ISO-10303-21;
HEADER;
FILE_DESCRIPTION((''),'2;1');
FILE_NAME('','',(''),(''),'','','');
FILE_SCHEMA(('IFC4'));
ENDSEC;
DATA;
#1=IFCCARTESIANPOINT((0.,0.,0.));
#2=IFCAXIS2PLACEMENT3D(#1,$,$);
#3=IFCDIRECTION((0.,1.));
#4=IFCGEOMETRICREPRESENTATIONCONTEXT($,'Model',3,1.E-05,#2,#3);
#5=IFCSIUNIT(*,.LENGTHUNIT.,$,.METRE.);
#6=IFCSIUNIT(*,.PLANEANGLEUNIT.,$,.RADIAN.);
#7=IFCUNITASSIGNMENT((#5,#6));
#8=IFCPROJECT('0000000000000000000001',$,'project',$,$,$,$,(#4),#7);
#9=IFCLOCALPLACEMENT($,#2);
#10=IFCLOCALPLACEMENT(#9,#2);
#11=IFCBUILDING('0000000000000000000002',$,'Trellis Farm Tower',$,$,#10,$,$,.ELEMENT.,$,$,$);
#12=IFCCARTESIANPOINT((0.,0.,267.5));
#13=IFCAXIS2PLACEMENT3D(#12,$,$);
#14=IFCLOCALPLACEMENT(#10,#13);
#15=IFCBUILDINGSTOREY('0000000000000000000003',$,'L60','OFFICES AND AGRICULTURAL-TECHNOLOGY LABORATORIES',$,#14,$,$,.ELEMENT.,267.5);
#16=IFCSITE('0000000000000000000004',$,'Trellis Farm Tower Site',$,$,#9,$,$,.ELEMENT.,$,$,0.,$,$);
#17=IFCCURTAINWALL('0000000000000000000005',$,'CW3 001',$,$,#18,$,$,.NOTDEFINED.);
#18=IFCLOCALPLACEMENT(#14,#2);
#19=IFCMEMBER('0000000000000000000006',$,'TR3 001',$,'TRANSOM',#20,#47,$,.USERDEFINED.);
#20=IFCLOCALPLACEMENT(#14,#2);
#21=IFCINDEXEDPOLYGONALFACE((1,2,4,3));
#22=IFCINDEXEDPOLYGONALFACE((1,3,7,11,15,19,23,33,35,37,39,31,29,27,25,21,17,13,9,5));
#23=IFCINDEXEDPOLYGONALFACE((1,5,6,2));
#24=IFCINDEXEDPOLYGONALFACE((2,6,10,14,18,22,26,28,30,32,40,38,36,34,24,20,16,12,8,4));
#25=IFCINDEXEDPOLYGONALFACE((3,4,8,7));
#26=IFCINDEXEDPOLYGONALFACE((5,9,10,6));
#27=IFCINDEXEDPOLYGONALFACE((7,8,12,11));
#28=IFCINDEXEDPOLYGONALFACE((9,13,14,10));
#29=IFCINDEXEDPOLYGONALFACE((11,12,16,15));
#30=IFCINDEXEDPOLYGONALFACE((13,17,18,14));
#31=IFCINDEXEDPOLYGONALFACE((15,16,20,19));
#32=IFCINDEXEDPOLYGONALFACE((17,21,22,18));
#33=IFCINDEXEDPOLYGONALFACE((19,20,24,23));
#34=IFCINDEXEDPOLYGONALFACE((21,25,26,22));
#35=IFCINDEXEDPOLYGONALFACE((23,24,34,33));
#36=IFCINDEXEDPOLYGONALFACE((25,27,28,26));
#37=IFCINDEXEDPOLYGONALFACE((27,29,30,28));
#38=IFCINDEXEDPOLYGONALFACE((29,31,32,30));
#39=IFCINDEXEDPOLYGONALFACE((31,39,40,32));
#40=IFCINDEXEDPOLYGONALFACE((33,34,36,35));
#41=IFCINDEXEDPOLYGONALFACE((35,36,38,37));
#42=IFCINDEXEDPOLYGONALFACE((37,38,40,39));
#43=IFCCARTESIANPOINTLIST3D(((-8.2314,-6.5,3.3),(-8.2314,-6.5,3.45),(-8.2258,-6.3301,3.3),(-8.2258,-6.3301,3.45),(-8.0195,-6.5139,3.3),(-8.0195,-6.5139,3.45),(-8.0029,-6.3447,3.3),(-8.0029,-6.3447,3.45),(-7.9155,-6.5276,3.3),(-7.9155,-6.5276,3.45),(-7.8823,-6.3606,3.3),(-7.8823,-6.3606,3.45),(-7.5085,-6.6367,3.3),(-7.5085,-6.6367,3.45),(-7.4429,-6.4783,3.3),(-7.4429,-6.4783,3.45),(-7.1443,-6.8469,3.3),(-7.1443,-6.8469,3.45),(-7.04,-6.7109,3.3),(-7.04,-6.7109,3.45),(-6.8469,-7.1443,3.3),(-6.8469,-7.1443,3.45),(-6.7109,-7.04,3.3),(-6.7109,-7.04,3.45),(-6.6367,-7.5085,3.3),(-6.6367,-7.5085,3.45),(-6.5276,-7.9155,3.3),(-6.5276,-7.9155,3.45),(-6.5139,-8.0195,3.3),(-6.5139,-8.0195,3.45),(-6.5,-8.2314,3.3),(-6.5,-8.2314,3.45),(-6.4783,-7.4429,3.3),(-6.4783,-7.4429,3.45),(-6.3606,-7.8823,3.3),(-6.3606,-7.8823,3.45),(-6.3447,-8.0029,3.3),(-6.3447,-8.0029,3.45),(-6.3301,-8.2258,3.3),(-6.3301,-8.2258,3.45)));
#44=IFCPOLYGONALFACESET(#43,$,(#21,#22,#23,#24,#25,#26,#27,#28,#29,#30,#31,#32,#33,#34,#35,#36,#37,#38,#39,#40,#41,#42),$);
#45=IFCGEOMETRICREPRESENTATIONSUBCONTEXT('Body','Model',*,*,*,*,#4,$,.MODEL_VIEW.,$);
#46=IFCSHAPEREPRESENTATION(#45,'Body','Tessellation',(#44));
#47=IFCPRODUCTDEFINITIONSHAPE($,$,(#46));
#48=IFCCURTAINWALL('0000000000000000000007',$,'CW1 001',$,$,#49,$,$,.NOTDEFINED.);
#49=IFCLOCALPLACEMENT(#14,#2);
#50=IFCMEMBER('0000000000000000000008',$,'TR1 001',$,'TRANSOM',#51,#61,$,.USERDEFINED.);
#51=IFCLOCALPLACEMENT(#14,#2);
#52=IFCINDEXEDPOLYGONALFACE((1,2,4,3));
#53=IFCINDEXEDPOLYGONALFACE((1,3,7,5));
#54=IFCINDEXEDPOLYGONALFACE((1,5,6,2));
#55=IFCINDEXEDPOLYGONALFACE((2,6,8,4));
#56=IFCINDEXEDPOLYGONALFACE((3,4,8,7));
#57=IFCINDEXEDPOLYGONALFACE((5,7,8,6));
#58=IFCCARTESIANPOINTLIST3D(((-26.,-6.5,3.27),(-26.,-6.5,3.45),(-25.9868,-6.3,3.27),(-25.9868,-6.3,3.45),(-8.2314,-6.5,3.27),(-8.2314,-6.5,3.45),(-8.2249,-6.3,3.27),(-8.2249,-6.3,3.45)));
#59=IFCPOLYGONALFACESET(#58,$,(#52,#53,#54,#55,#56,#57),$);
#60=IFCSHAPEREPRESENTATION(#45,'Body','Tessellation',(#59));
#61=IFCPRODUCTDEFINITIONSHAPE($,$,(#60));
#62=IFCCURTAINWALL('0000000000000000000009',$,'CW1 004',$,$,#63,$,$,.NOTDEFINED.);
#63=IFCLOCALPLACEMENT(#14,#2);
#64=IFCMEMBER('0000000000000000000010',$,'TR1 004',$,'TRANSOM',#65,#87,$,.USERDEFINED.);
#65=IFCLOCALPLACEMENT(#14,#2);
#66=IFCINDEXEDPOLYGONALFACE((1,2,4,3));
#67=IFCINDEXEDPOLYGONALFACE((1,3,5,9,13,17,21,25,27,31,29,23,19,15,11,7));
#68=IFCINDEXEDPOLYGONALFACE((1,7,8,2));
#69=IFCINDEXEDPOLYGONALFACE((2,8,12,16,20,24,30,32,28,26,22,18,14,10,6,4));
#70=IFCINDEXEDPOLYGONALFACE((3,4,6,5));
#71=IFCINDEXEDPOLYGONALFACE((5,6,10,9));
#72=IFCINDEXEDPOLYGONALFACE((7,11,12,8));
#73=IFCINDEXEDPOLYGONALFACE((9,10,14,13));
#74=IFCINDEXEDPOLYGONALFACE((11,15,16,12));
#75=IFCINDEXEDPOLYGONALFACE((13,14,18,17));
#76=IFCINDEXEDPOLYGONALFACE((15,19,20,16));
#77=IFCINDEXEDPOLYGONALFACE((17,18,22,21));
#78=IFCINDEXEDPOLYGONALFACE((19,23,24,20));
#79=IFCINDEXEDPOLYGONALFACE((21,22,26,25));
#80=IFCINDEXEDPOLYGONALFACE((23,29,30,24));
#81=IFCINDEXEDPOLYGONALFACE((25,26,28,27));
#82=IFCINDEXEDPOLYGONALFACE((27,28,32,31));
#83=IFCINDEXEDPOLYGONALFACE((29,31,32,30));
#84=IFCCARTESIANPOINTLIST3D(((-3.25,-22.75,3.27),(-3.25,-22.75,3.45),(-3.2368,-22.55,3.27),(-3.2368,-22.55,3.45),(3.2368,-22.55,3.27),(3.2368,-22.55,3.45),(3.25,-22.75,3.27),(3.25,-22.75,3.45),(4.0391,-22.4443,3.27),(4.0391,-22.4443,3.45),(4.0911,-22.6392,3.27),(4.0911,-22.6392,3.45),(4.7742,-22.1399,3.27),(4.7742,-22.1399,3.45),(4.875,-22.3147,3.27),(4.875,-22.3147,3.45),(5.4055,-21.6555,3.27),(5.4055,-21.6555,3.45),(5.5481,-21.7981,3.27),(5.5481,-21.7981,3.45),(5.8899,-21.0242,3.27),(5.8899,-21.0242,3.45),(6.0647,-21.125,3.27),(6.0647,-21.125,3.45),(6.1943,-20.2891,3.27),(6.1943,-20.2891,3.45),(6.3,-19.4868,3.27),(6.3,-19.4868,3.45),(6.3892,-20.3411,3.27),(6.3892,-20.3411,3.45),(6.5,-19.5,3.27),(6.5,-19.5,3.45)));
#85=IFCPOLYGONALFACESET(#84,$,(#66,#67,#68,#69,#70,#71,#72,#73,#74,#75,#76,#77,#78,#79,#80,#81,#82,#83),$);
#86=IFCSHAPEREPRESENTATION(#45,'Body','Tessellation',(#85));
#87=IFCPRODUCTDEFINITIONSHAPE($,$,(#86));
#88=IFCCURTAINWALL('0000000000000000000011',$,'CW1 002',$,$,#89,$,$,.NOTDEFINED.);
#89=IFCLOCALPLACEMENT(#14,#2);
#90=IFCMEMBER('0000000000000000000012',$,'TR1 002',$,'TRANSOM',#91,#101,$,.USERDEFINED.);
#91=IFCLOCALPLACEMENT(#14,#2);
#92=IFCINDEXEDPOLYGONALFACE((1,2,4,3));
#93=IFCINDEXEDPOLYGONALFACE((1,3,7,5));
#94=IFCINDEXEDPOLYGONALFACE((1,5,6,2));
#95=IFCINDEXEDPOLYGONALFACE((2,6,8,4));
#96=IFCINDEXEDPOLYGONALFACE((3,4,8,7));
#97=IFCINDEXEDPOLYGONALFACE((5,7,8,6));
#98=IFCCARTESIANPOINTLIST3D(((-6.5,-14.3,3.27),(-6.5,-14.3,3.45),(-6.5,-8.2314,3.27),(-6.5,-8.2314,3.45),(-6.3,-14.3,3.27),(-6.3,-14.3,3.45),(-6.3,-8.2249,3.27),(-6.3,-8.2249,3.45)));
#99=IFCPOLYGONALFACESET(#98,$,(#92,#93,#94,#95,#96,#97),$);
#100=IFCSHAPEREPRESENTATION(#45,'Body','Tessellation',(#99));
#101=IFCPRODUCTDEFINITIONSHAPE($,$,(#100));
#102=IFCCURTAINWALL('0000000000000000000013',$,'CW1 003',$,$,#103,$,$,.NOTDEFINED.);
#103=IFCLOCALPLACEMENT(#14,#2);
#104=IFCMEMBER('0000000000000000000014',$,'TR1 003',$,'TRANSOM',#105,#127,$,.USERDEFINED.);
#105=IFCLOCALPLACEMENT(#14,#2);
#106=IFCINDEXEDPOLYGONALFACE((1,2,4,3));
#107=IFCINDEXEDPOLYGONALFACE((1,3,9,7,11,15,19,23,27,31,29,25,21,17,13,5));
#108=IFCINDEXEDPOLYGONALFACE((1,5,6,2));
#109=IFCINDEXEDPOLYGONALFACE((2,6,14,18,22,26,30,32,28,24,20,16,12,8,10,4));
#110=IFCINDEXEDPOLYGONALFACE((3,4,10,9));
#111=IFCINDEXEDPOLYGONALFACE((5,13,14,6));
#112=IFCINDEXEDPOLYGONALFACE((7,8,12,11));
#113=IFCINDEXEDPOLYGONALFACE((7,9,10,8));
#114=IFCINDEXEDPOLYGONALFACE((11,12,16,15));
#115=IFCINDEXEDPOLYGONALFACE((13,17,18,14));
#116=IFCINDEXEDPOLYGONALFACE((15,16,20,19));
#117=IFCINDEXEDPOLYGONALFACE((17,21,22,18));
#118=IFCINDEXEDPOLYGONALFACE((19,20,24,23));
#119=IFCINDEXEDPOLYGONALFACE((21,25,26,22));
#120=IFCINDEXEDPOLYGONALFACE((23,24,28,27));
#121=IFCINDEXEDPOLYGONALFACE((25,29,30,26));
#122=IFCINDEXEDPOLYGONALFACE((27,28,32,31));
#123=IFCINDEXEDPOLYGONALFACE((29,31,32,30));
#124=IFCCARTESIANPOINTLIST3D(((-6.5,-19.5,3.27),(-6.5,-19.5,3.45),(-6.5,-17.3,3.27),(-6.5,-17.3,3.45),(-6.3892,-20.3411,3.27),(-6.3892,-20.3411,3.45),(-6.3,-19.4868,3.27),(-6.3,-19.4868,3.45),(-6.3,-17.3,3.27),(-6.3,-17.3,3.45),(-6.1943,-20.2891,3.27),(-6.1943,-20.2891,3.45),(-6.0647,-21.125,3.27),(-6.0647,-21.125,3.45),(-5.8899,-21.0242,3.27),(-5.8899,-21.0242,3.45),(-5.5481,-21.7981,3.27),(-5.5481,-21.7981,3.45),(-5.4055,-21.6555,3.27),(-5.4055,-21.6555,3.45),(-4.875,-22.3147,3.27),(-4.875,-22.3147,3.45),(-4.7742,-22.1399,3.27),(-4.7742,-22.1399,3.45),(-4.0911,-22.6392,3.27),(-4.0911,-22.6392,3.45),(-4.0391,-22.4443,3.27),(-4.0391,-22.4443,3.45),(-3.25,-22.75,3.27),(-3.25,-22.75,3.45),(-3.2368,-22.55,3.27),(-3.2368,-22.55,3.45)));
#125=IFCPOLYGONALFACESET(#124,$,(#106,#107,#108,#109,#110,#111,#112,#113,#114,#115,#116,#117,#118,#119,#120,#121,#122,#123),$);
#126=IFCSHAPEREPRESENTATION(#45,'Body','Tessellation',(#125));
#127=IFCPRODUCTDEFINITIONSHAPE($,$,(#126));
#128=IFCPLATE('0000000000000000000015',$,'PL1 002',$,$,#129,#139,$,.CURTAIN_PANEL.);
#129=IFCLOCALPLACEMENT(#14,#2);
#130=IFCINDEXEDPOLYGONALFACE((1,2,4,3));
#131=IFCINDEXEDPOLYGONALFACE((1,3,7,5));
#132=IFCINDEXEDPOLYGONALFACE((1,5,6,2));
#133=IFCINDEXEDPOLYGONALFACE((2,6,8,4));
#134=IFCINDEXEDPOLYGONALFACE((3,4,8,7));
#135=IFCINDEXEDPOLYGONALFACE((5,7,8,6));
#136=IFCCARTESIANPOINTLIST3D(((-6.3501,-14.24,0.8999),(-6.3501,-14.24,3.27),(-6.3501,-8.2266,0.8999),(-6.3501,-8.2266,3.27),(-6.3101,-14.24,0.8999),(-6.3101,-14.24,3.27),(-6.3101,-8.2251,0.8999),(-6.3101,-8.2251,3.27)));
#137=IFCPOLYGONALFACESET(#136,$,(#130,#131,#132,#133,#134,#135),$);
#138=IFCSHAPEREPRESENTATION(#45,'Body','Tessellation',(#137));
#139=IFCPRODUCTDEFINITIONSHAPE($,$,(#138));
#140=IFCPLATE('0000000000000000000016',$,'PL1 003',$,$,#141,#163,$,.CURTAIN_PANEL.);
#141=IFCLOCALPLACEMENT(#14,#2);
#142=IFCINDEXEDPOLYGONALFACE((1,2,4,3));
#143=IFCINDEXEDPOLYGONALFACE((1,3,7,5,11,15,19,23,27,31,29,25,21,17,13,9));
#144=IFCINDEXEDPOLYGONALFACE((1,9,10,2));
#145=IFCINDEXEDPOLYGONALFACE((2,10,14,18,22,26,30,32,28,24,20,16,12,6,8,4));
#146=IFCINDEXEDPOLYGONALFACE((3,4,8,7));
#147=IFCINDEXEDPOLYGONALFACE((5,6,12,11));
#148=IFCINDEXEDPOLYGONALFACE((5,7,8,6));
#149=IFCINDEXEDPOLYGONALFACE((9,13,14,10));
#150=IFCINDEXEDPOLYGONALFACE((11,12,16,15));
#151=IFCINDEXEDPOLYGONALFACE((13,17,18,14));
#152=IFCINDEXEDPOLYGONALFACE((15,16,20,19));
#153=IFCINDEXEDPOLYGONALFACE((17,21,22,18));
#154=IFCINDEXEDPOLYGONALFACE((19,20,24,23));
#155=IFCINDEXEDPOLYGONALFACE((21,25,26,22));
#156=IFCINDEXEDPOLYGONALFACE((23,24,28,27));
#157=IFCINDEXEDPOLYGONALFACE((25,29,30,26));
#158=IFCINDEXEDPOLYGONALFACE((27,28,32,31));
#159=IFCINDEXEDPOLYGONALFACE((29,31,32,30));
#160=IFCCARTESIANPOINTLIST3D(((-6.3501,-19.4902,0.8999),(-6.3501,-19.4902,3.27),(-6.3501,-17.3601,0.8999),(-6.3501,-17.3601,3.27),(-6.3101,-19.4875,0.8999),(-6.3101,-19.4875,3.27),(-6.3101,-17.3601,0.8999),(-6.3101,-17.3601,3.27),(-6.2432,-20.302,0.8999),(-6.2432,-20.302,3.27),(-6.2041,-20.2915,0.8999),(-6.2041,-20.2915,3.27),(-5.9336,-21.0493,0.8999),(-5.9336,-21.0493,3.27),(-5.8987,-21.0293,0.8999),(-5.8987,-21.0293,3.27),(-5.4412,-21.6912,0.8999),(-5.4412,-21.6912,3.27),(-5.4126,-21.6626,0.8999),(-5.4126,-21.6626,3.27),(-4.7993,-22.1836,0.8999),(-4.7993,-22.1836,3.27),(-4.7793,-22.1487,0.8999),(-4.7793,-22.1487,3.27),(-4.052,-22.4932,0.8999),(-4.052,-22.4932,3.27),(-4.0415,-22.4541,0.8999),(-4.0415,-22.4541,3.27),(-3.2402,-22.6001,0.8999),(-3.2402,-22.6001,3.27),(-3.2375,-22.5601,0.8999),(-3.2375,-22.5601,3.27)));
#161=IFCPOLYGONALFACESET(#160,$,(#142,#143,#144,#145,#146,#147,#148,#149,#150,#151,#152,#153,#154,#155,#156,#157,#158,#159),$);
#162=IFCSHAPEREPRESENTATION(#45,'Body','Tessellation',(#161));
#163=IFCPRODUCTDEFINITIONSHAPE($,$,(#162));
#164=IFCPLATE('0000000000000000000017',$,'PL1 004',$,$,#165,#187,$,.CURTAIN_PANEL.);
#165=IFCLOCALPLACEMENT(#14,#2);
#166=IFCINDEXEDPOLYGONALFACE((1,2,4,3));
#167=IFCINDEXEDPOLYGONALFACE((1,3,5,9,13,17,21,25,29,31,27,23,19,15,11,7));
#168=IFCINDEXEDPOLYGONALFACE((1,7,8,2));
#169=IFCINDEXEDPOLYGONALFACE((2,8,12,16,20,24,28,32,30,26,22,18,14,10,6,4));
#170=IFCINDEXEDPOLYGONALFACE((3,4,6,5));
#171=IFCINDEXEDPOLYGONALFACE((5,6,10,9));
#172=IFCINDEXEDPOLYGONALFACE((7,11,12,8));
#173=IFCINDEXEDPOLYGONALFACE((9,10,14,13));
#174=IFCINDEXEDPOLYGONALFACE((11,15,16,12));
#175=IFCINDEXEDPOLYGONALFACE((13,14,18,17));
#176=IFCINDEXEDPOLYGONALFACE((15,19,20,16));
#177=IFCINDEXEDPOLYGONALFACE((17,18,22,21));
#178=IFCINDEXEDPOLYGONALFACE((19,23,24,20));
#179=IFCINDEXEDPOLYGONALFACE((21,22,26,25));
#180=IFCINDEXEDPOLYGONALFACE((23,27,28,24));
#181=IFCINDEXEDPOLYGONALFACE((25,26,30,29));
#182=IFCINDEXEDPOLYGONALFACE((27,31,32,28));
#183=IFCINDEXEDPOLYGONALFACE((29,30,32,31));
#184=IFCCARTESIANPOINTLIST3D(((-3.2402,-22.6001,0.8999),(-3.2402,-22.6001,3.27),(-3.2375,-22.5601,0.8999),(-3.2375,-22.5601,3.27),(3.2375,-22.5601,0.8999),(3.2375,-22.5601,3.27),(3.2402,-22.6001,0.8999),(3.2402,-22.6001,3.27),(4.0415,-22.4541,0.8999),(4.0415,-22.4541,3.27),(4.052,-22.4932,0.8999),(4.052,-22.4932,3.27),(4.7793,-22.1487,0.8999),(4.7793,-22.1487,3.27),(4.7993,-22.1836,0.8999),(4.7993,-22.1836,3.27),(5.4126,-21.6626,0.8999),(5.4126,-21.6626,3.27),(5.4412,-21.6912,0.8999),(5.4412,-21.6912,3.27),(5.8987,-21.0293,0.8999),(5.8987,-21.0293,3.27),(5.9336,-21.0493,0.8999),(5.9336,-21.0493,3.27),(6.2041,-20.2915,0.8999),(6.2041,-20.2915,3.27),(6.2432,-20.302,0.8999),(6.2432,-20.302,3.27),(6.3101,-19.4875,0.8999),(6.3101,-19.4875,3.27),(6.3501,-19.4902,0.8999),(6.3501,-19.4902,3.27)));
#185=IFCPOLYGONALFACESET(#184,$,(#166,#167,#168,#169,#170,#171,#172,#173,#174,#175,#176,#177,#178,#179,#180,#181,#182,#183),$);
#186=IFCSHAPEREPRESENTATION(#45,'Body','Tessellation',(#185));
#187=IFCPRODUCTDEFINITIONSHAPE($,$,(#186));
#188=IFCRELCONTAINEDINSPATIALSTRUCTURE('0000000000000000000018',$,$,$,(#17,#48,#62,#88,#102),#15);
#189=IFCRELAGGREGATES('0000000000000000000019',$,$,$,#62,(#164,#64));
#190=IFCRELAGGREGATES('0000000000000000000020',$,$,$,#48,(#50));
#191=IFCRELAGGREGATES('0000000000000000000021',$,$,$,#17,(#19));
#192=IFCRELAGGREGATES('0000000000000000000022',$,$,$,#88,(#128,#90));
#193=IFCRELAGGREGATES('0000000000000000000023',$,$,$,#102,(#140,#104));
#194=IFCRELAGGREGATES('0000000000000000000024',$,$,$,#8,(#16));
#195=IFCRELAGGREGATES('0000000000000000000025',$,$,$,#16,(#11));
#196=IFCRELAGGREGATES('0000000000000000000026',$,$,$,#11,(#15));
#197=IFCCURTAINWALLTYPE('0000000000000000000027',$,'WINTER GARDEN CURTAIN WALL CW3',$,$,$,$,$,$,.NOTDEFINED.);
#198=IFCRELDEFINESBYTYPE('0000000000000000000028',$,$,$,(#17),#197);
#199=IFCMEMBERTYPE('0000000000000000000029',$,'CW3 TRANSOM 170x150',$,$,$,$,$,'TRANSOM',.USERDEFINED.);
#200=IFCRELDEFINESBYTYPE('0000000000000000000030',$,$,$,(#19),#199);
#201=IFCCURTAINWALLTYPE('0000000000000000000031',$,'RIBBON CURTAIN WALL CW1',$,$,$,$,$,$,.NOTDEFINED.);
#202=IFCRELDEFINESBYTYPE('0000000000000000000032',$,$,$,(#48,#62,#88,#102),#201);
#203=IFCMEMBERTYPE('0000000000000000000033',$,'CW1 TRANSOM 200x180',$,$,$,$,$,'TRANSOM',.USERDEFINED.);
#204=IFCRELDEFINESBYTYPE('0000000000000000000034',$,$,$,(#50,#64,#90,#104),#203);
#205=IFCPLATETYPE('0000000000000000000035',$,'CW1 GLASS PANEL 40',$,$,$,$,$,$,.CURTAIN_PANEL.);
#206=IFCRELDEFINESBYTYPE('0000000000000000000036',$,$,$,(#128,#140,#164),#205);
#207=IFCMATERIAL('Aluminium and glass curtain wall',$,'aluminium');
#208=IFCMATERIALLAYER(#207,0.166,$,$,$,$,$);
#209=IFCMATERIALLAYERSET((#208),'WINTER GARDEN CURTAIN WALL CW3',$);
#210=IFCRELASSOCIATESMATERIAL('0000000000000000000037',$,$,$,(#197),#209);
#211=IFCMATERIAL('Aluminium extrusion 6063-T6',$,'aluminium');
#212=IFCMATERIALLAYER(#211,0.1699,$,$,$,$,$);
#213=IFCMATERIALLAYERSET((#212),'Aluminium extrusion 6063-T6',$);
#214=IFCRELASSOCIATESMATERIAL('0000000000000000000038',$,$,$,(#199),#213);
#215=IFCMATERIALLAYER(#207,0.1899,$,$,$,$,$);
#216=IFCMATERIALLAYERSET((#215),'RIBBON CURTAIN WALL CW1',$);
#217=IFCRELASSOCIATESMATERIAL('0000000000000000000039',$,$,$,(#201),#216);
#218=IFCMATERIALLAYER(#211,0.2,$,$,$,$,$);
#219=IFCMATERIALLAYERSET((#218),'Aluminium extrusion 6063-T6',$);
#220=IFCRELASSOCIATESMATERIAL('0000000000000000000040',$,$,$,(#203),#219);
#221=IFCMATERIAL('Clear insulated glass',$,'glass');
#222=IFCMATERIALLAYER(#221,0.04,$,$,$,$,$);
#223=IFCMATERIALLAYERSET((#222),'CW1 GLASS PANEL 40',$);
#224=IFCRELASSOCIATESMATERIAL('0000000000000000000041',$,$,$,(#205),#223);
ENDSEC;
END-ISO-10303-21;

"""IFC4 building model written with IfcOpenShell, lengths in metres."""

from ifc_helpers import new_model, si_unit, direction, frame, origin, place, context, subcontext, project, spatial, polyline, outline, extrude, source, transform, mapped, material, layer, layer_set, type_object, element, aggregate, save


model = new_model("IFC4")

# Units and contexts
model_context = context("Model", 3, precision=1e-05, world=origin(), true_north=direction((0.0, 1.0)))
body_context = subcontext(model_context, "Body", "Model", "MODEL_VIEW")
ifc_project = project(units=[si_unit("LENGTHUNIT", "METRE"), si_unit("PLANEANGLEUNIT", "RADIAN")], contexts=[model_context])

# Site, building, storey
site_placement = place(None, origin())
site = spatial("IfcSite", under=ifc_project, at=site_placement, Name="Trellis Farm Tower Site", CompositionType="ELEMENT", RefElevation=0.0)
building_placement = place(site_placement, origin())
building = spatial("IfcBuilding", under=site, at=building_placement, Name="Trellis Farm Tower", CompositionType="ELEMENT")
storey_placement = place(building_placement, frame((0.0, 0.0, 267.5)))
storey = spatial("IfcBuildingStorey", under=building, at=storey_placement, Name="L60", Description="OFFICES AND AGRICULTURAL-TECHNOLOGY LABORATORIES", CompositionType="ELEMENT", Elevation=267.5)

# Curtain walls, members
ifc_material_1 = material(Name="Aluminium and glass curtain wall", Category="aluminium")
ifc_layer_1 = layer(ifc_material_1, 0.166)
ifc_layer_set_1 = layer_set([ifc_layer_1], Name="WINTER GARDEN CURTAIN WALL CW3")
curtain_wall_type_1 = type_object("IfcCurtainWallType", Name="WINTER GARDEN CURTAIN WALL CW3", PredefinedType="NOTDEFINED", material=ifc_layer_set_1)
placement_1 = place(storey_placement, origin())
curtain_wall_1 = element("IfcCurtainWall", 1, at=placement_1, inside=storey, type_object=curtain_wall_type_1, Name="CW3 001", PredefinedType="NOTDEFINED")
ifc_material_2 = material(Name="Aluminium extrusion 6063-T6", Category="aluminium")
ifc_layer_2 = layer(ifc_material_2, 0.1699)
ifc_layer_set_2 = layer_set([ifc_layer_2], Name="Aluminium extrusion 6063-T6")
member_type_1 = type_object("IfcMemberType", Name="CW3 TRANSOM 170x150", ElementType="TRANSOM", PredefinedType="USERDEFINED", material=ifc_layer_set_2)
shared_shape_1 = source(origin(), body_context, "Body", "SweptSolid", [
    extrude(outline(polyline([(-8.2314, -6.5), (-8.0195, -6.5139), (-7.9155, -6.5276), (-7.5085, -6.6367), (-7.1443, -6.8469), (-6.8469, -7.1443), (-6.6367, -7.5085), (-6.5276, -7.9155), (-6.5139, -8.0195), (-6.5, -8.2314), (-6.3301, -8.2258), (-6.3447, -8.0029), (-6.3606, -7.8823), (-6.4783, -7.4429), (-6.7109, -7.04), (-7.04, -6.7109), (-7.4429, -6.4783), (-7.8823, -6.3606), (-8.0029, -6.3447), (-8.2258, -6.3301), (-8.2314, -6.5)])), origin(), (0.0, 0.0, 1.0), 0.1499),
])
member_1_placement = place(storey_placement, frame((0.0, 0.0, 3.3)))
member_1 = element("IfcMember", 2, at=member_1_placement, type_object=member_type_1, Name="TR3 001", ObjectType="TRANSOM", PredefinedType="USERDEFINED", context=body_context, shape_type="MappedRepresentation", body=[
    mapped(shared_shape_1, transform((0.0, 0.0, 0.0))),
])
ifc_layer_3 = layer(ifc_material_1, 0.1899)
ifc_layer_set_3 = layer_set([ifc_layer_3], Name="RIBBON CURTAIN WALL CW1")
curtain_wall_type_2 = type_object("IfcCurtainWallType", Name="RIBBON CURTAIN WALL CW1", PredefinedType="NOTDEFINED", material=ifc_layer_set_3)
curtain_wall_2 = element("IfcCurtainWall", 3, at=placement_1, inside=storey, type_object=curtain_wall_type_2, Name="CW1 001", PredefinedType="NOTDEFINED")
ifc_layer_4 = layer(ifc_material_2, 0.2)
ifc_layer_set_4 = layer_set([ifc_layer_4], Name="Aluminium extrusion 6063-T6")
member_type_2 = type_object("IfcMemberType", Name="CW1 TRANSOM 200x180", ElementType="TRANSOM", PredefinedType="USERDEFINED", material=ifc_layer_set_4)
shared_shape_2 = source(origin(), body_context, "Body", "SweptSolid", [
    extrude(outline(polyline([(-26.0, -6.5), (-8.2314, -6.5), (-8.2249, -6.3), (-25.9868, -6.3), (-26.0, -6.5)])), origin(), (0.0, 0.0, 1.0), 0.1799),
])
placement_2 = place(storey_placement, frame((0.0, 0.0, 3.27)))
member_2 = element("IfcMember", 4, at=placement_2, type_object=member_type_2, Name="TR1 001", ObjectType="TRANSOM", PredefinedType="USERDEFINED", context=body_context, shape_type="MappedRepresentation", body=[
    mapped(shared_shape_2, transform((0.0, 0.0, 0.0))),
])
curtain_wall_3 = element("IfcCurtainWall", 5, at=placement_1, inside=storey, type_object=curtain_wall_type_2, Name="CW1 004", PredefinedType="NOTDEFINED")
shared_shape_3 = source(origin(), body_context, "Body", "SweptSolid", [
    extrude(outline(polyline([(-3.25, -22.75), (3.25, -22.75), (4.0911, -22.6392), (4.875, -22.3147), (5.5481, -21.7981), (6.0647, -21.125), (6.3892, -20.3411), (6.5, -19.5), (6.3, -19.4868), (6.1943, -20.2891), (5.8899, -21.0242), (5.4055, -21.6555), (4.7742, -22.1399), (4.0391, -22.4443), (3.2368, -22.55), (-3.2368, -22.55), (-3.25, -22.75)])), origin(), (0.0, 0.0, 1.0), 0.1799),
])
member_3 = element("IfcMember", 6, at=placement_2, type_object=member_type_2, Name="TR1 004", ObjectType="TRANSOM", PredefinedType="USERDEFINED", context=body_context, shape_type="MappedRepresentation", body=[
    mapped(shared_shape_3, transform((0.0, 0.0, 0.0))),
])
curtain_wall_4 = element("IfcCurtainWall", 7, at=placement_1, inside=storey, type_object=curtain_wall_type_2, Name="CW1 002", PredefinedType="NOTDEFINED")
shared_shape_4 = source(origin(), body_context, "Body", "SweptSolid", [
    extrude(outline(polyline([(-6.5, -8.2314), (-6.5, -14.3), (-6.3, -14.3), (-6.3, -8.2249), (-6.5, -8.2314)])), origin(), (0.0, 0.0, 1.0), 0.1799),
])
member_4 = element("IfcMember", 8, at=placement_2, type_object=member_type_2, Name="TR1 002", ObjectType="TRANSOM", PredefinedType="USERDEFINED", context=body_context, shape_type="MappedRepresentation", body=[
    mapped(shared_shape_4, transform((0.0, 0.0, 0.0))),
])
curtain_wall_5 = element("IfcCurtainWall", 9, at=placement_1, inside=storey, type_object=curtain_wall_type_2, Name="CW1 003", PredefinedType="NOTDEFINED")
shared_shape_5 = source(origin(), body_context, "Body", "SweptSolid", [
    extrude(outline(polyline([(-6.5, -17.3), (-6.5, -19.5), (-6.3892, -20.3411), (-6.0647, -21.125), (-5.5481, -21.7981), (-4.875, -22.3147), (-4.0911, -22.6392), (-3.25, -22.75), (-3.2368, -22.55), (-4.0391, -22.4443), (-4.7742, -22.1399), (-5.4055, -21.6555), (-5.8899, -21.0242), (-6.1943, -20.2891), (-6.3, -19.4868), (-6.3, -17.3), (-6.5, -17.3)])), origin(), (0.0, 0.0, 1.0), 0.1799),
])
member_5 = element("IfcMember", 10, at=placement_2, type_object=member_type_2, Name="TR1 003", ObjectType="TRANSOM", PredefinedType="USERDEFINED", context=body_context, shape_type="MappedRepresentation", body=[
    mapped(shared_shape_5, transform((0.0, 0.0, 0.0))),
])

# Plates
ifc_material_3 = material(Name="Clear insulated glass", Category="glass")
ifc_layer_5 = layer(ifc_material_3, 0.04)
ifc_layer_set_5 = layer_set([ifc_layer_5], Name="CW1 GLASS PANEL 40")
plate_type_1 = type_object("IfcPlateType", Name="CW1 GLASS PANEL 40", PredefinedType="CURTAIN_PANEL", material=ifc_layer_set_5)
placement_3 = place(storey_placement, frame((0.0, 0.0, 0.8999)))
plate_1 = element("IfcPlate", 11, at=placement_3, type_object=plate_type_1, Name="PL1 002", PredefinedType="CURTAIN_PANEL", context=body_context, shape_type="SweptSolid", body=[
    extrude(outline(polyline([(-6.3501, -8.2266), (-6.3501, -14.24), (-6.3101, -14.24), (-6.3101, -8.2251), (-6.3501, -8.2266)])), origin(), (0.0, 0.0, 1.0), 2.3701),
])
plate_2 = element("IfcPlate", 12, at=placement_3, type_object=plate_type_1, Name="PL1 003", PredefinedType="CURTAIN_PANEL", context=body_context, shape_type="SweptSolid", body=[
    extrude(outline(polyline([(-6.3501, -17.3601), (-6.3501, -19.4902), (-6.2432, -20.302), (-5.9336, -21.0493), (-5.4412, -21.6912), (-4.7993, -22.1836), (-4.052, -22.4932), (-3.2402, -22.6001), (-3.2375, -22.5601), (-4.0415, -22.4541), (-4.7793, -22.1487), (-5.4126, -21.6626), (-5.8987, -21.0293), (-6.2041, -20.2915), (-6.3101, -19.4875), (-6.3101, -17.3601), (-6.3501, -17.3601)])), origin(), (0.0, 0.0, 1.0), 2.3701),
])
plate_3 = element("IfcPlate", 13, at=placement_3, type_object=plate_type_1, Name="PL1 004", PredefinedType="CURTAIN_PANEL", context=body_context, shape_type="SweptSolid", body=[
    extrude(outline(polyline([(-3.2402, -22.6001), (3.2402, -22.6001), (4.052, -22.4932), (4.7993, -22.1836), (5.4412, -21.6912), (5.9336, -21.0493), (6.2432, -20.302), (6.3501, -19.4902), (6.3101, -19.4875), (6.2041, -20.2915), (5.8987, -21.0293), (5.4126, -21.6626), (4.7793, -22.1487), (4.0415, -22.4541), (3.2375, -22.5601), (-3.2375, -22.5601), (-3.2402, -22.6001)])), origin(), (0.0, 0.0, 1.0), 2.3701),
])
aggregate(curtain_wall_3, [plate_3, member_3])
aggregate(curtain_wall_2, [member_2])
aggregate(curtain_wall_1, [member_1])
aggregate(curtain_wall_4, [plate_1, member_4])
aggregate(curtain_wall_5, [plate_2, member_5])

save(model, "model.ifc")
